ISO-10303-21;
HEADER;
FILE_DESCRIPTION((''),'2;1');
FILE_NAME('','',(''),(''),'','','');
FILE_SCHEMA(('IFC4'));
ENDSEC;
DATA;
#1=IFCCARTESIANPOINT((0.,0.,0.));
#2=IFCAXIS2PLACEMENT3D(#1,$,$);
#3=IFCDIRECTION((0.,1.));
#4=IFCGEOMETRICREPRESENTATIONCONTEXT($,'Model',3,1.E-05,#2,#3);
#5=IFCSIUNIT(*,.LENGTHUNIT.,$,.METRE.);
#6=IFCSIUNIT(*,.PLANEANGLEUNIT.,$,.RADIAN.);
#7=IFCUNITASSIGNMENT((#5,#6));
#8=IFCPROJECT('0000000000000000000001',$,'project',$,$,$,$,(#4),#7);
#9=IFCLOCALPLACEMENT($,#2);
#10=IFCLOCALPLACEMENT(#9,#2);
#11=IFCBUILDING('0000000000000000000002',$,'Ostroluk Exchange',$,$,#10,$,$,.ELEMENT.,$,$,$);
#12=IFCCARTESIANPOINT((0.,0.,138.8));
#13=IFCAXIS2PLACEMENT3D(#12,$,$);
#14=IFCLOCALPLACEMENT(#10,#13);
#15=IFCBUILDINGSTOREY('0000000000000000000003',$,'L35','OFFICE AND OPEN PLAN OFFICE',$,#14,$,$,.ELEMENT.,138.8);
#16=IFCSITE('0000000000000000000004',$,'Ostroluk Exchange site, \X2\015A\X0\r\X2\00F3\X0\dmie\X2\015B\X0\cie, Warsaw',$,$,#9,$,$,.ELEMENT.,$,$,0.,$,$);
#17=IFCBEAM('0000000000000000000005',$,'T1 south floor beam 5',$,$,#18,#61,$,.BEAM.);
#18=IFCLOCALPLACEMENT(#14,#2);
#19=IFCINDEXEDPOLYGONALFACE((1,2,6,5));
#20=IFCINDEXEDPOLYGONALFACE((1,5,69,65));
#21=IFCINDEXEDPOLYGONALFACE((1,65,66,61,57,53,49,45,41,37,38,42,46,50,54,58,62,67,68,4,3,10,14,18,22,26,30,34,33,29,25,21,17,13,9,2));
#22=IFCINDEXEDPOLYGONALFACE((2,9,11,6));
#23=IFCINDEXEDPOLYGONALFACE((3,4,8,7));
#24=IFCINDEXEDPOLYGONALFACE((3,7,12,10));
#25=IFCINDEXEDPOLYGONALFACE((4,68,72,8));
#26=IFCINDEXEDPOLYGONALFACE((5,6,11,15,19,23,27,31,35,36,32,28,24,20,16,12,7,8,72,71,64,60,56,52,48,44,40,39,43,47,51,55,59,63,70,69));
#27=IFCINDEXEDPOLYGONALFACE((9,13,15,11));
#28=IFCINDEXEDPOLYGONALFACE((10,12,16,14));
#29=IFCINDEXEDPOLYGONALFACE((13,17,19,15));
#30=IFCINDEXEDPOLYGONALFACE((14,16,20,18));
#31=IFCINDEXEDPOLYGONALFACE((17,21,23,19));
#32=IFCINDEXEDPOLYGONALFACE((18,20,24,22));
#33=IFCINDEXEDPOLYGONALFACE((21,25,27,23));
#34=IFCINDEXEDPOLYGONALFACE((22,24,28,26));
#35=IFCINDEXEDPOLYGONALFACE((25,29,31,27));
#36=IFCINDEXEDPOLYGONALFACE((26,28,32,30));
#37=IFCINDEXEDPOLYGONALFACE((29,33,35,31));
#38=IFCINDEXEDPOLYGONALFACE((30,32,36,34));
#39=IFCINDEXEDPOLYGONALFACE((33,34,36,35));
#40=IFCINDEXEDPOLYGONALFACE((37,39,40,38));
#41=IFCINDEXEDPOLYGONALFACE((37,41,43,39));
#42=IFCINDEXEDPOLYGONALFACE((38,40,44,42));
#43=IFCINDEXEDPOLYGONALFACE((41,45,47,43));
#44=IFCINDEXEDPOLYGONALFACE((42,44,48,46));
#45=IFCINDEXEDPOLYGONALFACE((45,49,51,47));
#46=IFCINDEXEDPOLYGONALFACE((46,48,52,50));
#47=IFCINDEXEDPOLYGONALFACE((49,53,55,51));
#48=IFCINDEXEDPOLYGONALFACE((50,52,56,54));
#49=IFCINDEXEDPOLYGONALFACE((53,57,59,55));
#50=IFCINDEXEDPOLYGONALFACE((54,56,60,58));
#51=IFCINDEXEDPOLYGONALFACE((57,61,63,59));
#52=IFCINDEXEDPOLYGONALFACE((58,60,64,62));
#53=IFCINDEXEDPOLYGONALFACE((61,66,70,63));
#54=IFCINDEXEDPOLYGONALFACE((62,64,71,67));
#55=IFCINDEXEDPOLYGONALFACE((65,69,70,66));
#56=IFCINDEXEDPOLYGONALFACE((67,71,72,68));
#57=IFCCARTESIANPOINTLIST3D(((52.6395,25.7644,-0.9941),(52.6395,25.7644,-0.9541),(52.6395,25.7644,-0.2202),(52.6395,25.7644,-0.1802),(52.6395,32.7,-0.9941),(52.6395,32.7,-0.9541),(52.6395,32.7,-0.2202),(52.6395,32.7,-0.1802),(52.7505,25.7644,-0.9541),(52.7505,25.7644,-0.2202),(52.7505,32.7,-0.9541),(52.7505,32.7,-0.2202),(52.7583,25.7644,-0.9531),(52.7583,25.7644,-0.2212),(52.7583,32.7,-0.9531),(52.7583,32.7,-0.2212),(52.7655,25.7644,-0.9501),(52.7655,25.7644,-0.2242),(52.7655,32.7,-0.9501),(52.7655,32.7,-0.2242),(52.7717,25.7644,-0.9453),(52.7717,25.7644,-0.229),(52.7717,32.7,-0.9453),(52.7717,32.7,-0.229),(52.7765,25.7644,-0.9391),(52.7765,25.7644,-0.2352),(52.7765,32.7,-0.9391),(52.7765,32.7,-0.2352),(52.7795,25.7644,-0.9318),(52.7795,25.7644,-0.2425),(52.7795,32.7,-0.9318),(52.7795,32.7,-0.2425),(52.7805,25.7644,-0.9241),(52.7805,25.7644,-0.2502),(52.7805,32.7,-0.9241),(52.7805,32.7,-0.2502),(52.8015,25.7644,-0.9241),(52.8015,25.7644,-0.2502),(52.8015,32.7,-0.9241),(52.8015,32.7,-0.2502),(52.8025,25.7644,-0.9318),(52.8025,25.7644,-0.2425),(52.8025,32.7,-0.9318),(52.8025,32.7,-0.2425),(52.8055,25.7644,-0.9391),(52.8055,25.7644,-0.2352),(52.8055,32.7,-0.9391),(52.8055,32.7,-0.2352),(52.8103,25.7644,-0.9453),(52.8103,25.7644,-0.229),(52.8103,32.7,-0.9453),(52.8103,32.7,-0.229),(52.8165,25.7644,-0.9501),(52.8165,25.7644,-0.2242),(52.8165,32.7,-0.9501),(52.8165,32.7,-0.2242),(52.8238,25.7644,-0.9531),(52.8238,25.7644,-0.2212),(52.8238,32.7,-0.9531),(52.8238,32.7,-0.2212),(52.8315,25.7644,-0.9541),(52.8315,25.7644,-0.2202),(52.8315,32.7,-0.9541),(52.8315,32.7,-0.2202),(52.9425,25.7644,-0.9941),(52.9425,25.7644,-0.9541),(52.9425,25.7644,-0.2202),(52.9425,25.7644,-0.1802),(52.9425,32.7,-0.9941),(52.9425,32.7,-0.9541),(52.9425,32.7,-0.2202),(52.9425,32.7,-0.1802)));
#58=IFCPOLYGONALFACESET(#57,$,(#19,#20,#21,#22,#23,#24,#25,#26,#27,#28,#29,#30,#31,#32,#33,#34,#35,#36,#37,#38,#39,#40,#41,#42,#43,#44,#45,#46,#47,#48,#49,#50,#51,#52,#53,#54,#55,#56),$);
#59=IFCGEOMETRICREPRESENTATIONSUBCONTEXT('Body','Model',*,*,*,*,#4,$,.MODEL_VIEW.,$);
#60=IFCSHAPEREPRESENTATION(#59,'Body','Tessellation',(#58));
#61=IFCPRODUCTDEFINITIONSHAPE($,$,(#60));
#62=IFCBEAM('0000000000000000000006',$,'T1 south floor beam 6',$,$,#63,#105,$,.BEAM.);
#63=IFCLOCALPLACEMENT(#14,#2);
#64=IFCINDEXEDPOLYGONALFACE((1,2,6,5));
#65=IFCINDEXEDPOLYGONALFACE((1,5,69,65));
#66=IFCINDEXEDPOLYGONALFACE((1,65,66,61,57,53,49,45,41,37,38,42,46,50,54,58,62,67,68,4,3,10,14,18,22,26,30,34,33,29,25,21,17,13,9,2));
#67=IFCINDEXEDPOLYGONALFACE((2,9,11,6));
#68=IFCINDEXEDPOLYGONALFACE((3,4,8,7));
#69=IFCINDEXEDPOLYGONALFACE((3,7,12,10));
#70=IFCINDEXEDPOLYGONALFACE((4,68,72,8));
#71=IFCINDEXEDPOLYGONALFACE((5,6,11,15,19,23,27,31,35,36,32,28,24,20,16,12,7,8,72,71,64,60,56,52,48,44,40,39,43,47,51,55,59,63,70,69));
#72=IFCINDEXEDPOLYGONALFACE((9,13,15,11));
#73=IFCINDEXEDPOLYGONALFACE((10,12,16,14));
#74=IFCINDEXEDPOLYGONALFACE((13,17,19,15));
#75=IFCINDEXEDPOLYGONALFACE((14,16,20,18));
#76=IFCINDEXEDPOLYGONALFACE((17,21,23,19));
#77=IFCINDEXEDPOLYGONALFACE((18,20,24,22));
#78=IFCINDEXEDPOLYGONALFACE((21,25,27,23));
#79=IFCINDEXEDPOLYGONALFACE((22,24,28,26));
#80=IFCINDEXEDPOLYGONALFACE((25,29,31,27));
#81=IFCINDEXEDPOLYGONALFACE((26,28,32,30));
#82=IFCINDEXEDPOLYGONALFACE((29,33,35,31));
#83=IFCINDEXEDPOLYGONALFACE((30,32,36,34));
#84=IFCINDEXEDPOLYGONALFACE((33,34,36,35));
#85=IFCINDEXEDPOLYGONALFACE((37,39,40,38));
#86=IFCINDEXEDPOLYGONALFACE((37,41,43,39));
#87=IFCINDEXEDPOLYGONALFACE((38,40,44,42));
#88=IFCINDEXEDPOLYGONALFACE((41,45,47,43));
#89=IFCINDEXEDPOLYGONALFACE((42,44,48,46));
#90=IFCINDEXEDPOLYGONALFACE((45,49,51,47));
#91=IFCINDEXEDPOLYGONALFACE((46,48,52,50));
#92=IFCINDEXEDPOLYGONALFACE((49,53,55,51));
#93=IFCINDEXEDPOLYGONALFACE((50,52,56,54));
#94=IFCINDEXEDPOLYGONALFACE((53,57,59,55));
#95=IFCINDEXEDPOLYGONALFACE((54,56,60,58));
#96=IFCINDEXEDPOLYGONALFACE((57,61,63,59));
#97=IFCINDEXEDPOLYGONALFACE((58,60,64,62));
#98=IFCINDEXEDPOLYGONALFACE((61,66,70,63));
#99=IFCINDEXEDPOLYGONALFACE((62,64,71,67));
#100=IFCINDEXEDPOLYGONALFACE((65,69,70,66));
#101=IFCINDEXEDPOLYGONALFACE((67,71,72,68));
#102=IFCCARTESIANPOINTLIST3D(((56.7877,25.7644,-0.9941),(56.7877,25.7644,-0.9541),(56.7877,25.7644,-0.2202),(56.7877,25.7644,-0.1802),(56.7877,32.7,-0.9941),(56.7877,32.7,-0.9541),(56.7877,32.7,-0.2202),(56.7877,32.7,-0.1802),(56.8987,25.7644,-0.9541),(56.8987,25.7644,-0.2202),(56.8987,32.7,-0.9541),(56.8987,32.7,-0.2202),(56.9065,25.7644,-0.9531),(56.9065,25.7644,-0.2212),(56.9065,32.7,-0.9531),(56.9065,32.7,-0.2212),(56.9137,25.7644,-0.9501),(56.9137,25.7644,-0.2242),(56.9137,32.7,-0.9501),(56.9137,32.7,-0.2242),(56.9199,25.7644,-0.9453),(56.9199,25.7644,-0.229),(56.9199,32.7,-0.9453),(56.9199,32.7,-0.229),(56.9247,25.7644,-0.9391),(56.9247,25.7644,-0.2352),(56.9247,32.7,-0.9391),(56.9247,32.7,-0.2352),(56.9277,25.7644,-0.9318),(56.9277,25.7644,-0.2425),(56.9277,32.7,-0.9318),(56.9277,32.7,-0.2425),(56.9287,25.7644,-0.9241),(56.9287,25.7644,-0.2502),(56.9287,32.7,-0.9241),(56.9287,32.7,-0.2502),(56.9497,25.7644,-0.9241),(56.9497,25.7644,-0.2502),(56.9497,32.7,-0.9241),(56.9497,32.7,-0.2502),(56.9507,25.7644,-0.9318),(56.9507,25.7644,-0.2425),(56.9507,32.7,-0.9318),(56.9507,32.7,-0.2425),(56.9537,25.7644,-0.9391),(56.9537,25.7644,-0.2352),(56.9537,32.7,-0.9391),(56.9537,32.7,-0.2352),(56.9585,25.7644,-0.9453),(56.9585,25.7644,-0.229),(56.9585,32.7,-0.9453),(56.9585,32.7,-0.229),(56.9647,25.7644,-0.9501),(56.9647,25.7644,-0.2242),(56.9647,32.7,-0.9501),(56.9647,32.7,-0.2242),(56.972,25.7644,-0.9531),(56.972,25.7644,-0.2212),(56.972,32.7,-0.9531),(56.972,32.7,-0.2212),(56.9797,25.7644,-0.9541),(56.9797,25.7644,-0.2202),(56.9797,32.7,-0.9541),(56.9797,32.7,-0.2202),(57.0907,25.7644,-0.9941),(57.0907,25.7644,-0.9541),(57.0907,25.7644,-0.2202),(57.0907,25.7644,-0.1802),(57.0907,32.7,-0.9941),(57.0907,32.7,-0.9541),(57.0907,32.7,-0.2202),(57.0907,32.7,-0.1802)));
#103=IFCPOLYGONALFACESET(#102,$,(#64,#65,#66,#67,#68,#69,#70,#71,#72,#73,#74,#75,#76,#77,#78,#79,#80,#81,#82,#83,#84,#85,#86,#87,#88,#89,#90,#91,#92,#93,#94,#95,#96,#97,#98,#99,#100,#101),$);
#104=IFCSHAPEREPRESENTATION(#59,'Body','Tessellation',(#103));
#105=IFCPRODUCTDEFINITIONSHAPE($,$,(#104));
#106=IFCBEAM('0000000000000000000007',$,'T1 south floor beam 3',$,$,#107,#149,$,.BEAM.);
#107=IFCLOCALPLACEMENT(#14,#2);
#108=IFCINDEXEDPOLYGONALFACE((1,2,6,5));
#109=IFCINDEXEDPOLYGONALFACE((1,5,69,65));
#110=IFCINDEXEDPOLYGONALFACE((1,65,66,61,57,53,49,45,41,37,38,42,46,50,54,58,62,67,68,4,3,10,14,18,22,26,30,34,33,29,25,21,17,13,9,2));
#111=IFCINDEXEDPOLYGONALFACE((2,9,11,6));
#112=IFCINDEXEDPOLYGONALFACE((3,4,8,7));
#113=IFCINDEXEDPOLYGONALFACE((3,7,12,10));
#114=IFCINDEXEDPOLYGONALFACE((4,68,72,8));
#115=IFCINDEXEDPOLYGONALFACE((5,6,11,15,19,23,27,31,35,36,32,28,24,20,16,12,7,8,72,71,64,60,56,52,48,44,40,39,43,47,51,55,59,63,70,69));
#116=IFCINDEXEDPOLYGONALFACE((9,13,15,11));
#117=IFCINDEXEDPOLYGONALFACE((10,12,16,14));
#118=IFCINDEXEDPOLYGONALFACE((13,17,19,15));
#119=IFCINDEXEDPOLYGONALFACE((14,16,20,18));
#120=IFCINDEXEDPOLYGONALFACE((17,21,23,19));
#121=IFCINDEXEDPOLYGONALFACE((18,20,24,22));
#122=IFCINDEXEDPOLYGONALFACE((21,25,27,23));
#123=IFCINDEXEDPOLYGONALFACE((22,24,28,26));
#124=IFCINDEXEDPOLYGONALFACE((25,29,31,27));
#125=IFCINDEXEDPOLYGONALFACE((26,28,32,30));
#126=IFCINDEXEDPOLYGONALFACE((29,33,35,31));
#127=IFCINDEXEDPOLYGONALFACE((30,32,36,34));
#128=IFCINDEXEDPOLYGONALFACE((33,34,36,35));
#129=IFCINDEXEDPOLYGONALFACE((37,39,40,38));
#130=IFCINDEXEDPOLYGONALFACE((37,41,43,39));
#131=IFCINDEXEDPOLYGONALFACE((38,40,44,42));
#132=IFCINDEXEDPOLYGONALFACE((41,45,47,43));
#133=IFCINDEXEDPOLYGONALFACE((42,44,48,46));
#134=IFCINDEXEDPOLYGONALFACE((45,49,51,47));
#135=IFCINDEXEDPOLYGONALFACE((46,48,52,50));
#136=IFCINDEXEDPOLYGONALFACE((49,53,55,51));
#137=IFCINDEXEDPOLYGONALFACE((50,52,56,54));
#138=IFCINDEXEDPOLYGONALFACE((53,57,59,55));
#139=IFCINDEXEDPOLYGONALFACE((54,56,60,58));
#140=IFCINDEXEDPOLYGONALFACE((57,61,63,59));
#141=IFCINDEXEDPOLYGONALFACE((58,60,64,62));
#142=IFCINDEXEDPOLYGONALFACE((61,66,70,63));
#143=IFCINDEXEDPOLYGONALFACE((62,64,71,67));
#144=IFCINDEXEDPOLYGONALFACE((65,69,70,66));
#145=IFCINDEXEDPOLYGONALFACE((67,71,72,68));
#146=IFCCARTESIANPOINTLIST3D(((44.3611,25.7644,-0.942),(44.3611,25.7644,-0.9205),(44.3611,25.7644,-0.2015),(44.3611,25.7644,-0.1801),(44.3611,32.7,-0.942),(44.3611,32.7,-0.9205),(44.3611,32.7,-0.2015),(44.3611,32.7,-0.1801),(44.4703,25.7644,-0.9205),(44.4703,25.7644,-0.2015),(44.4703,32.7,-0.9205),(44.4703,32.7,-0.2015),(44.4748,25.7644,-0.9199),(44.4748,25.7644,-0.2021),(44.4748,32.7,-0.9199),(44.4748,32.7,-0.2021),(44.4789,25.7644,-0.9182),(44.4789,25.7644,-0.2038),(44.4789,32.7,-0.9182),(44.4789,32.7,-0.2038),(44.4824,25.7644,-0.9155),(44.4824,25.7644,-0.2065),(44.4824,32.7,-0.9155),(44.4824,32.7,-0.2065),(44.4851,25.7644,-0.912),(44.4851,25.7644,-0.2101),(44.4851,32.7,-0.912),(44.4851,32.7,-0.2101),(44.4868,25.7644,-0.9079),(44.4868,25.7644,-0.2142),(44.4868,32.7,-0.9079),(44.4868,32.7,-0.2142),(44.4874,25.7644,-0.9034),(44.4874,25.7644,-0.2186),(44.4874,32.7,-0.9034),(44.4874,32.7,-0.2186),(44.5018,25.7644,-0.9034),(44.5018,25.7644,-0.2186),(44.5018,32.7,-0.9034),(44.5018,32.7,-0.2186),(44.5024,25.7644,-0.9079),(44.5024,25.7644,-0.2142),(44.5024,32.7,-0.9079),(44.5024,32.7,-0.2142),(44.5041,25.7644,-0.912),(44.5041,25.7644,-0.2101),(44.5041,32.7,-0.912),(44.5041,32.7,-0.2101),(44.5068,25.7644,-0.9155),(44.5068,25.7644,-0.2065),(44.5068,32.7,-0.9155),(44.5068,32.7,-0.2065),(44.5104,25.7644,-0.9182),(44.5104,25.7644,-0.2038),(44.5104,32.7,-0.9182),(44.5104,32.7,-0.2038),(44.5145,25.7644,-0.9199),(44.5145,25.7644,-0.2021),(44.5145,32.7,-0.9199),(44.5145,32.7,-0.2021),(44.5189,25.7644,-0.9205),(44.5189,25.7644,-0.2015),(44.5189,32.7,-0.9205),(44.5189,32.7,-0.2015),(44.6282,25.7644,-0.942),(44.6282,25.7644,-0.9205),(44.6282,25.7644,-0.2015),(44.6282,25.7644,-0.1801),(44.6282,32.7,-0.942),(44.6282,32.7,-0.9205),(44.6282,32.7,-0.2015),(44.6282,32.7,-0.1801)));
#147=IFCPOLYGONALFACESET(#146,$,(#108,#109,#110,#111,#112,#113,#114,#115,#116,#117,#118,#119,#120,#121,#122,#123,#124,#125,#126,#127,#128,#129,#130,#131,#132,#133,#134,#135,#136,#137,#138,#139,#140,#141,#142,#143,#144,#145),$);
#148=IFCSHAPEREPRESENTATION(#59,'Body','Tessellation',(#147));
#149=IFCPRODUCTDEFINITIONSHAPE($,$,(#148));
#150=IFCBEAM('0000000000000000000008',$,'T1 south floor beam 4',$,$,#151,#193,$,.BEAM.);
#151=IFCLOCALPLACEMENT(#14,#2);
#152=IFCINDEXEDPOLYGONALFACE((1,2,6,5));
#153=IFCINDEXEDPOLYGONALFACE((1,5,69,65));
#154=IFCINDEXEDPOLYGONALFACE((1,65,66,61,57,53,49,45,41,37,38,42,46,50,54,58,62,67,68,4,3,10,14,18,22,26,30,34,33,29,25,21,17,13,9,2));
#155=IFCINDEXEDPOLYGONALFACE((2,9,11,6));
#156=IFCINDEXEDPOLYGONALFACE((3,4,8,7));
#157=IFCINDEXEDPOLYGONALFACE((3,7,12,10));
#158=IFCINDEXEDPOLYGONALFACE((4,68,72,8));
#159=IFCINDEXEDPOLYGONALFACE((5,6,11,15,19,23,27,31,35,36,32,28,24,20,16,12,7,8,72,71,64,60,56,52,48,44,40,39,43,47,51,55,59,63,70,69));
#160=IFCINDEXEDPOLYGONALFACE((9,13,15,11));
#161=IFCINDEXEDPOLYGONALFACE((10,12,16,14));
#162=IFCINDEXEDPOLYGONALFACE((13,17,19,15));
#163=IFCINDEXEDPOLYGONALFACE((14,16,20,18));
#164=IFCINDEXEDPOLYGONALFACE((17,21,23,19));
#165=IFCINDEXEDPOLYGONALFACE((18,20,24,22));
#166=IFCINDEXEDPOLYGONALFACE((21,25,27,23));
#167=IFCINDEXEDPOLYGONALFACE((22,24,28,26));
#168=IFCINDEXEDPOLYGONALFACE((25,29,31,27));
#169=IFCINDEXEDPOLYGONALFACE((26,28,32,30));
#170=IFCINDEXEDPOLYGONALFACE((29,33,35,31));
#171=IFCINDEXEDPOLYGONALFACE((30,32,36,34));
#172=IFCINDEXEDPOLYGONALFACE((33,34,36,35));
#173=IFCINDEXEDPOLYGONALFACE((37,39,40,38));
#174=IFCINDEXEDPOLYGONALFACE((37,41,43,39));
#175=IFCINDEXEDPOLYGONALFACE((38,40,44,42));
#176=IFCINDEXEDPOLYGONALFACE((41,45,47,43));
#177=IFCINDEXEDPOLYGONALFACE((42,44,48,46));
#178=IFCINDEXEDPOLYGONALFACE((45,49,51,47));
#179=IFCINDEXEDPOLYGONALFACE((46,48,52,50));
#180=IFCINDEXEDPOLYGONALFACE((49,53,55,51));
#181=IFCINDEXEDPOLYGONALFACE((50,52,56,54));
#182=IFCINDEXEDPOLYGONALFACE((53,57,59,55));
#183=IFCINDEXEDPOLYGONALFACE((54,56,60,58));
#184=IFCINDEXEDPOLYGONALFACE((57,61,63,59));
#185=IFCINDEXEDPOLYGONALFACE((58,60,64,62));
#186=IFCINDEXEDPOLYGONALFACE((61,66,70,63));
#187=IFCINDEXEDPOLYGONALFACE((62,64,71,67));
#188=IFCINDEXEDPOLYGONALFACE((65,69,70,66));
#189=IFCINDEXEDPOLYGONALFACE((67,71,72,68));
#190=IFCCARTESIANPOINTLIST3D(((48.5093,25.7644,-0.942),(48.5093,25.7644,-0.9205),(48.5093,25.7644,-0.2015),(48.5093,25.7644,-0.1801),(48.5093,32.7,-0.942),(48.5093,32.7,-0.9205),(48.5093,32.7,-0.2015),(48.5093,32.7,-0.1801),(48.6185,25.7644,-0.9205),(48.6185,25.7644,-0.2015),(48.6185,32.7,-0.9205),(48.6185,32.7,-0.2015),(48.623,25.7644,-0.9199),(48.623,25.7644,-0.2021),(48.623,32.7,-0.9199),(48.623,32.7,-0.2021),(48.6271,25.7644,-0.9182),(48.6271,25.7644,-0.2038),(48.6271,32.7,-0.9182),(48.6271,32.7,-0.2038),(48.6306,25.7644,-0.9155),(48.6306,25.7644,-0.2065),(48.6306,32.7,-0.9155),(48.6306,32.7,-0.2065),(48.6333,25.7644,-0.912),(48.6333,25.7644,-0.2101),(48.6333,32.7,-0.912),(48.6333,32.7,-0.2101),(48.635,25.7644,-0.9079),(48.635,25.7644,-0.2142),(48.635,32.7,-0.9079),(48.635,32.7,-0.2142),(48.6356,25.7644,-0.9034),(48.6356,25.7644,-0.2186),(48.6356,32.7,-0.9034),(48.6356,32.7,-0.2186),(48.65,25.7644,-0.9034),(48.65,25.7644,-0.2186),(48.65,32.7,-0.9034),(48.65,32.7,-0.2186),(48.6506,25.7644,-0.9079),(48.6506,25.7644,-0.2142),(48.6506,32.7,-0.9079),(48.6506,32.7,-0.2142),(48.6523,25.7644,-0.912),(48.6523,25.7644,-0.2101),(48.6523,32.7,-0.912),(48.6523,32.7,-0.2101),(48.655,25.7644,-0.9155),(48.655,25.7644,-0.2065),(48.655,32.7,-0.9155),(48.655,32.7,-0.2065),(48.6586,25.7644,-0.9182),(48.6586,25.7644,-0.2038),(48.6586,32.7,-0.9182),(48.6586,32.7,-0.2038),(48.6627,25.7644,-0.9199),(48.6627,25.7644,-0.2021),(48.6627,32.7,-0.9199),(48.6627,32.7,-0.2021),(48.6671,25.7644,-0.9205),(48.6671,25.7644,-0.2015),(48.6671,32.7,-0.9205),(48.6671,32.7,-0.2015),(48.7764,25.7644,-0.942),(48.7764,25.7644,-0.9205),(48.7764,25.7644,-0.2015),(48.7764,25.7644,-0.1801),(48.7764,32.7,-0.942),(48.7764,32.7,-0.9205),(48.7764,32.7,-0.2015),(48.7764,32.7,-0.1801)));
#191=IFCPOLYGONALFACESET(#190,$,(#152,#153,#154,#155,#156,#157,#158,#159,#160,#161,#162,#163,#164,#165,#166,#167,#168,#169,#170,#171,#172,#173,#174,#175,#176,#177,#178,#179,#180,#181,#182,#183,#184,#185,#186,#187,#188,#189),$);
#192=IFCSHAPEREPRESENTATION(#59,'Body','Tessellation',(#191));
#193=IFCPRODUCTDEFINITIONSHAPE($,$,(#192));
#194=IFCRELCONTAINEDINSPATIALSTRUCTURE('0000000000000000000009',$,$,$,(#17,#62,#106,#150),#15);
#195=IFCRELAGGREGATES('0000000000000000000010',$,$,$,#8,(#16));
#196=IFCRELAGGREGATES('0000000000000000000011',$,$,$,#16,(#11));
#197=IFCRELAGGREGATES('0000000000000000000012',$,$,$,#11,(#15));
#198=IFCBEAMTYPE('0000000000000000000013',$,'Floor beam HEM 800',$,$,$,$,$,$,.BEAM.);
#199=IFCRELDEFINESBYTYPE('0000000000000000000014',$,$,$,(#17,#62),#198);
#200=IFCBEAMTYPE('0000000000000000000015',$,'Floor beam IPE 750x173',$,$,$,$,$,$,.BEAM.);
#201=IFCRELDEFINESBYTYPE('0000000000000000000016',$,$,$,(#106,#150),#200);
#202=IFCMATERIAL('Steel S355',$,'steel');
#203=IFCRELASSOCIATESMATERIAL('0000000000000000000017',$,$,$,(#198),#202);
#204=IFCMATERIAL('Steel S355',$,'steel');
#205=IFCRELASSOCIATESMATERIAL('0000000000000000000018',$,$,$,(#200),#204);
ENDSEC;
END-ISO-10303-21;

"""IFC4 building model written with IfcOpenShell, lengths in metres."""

from ifc_helpers import new_model, si_unit, direction, frame, origin, origin_2d, place, context, subcontext, project, spatial, i_section, extrude, material, material_profile, profile_set, type_object, element, save


model = new_model("IFC4")

# Units and contexts
model_context = context("Model", 3, precision=1e-05, world=origin(), true_north=direction((0.0, 1.0)))
body_context = subcontext(model_context, "Body", "Model", "MODEL_VIEW")
ifc_project = project(units=[si_unit("LENGTHUNIT", "METRE"), si_unit("PLANEANGLEUNIT", "RADIAN")], contexts=[model_context])

# Site, building, storey
site_placement = place(None, origin())
site = spatial("IfcSite", under=ifc_project, at=site_placement, Name="Ostroluk Exchange site, Śródmieście, Warsaw", CompositionType="ELEMENT", RefElevation=0.0)
building_placement = place(site_placement, origin())
building = spatial("IfcBuilding", under=site, at=building_placement, Name="Ostroluk Exchange", CompositionType="ELEMENT")
storey_placement = place(building_placement, frame((0.0, 0.0, 138.8)))
storey = spatial("IfcBuildingStorey", under=building, at=storey_placement, Name="L35", Description="OFFICE AND OPEN PLAN OFFICE", CompositionType="ELEMENT", Elevation=138.8)

# Beams
ifc_material_1 = material(Name="Steel S355", Category="steel")
ifc_material_profile_1 = material_profile(ifc_material_1, i_section(OverallWidth=0.303, OverallDepth=0.814, WebThickness=0.021, FlangeThickness=0.04, FilletRadius=0.03, at=origin_2d()), Name="HEM 800")
ifc_profile_set_1 = profile_set([ifc_material_profile_1], Name="Steel S355")
beam_type_1 = type_object("IfcBeamType", Name="Floor beam HEM 800", PredefinedType="BEAM", material=ifc_profile_set_1)
for number, where, z_axis, x_axis, name in (
    (1, (52.791, 32.7, -0.5872), (0.0, -1.0, 0.0), (1.0, 0.0, 0.0), "T1 south floor beam 5"),
    (2, (56.9392, 32.7, -0.5872), (0.0, -1.0, 0.0), (1.0, 0.0, 0.0), "T1 south floor beam 6"),
):
    element("IfcBeam", number, at=place(storey_placement, frame(where, z_axis=z_axis, x_axis=x_axis)), inside=storey, type_object=beam_type_1, Name=name, PredefinedType="BEAM", context=body_context, shape_type="SweptSolid", body=[
        extrude(i_section(OverallWidth=0.303, OverallDepth=0.814, WebThickness=0.021, FlangeThickness=0.04, FilletRadius=0.03, at=origin_2d()), origin(), (0.0, 0.0, 1.0), 6.9355),
    ])
ifc_material_2 = material(Name="Steel S355", Category="steel")
ifc_material_profile_2 = material_profile(ifc_material_2, i_section(OverallWidth=0.2671, OverallDepth=0.762, WebThickness=0.0144, FlangeThickness=0.0215, FilletRadius=0.0171, at=origin_2d()), Name="IPE 750x173")
ifc_profile_set_2 = profile_set([ifc_material_profile_2], Name="Steel S355")
beam_type_2 = type_object("IfcBeamType", Name="Floor beam IPE 750x173", PredefinedType="BEAM", material=ifc_profile_set_2)
for number, where, z_axis, x_axis, name in (
    (3, (44.4946, 32.7, -0.561), (0.0, -1.0, 0.0), (1.0, 0.0, 0.0), "T1 south floor beam 3"),
    (4, (48.6428, 32.7, -0.561), (0.0, -1.0, 0.0), (1.0, 0.0, 0.0), "T1 south floor beam 4"),
):
    element("IfcBeam", number, at=place(storey_placement, frame(where, z_axis=z_axis, x_axis=x_axis)), inside=storey, type_object=beam_type_2, Name=name, PredefinedType="BEAM", context=body_context, shape_type="SweptSolid", body=[
        extrude(i_section(OverallWidth=0.2671, OverallDepth=0.762, WebThickness=0.0144, FlangeThickness=0.0215, FilletRadius=0.0171, at=origin_2d()), origin(), (0.0, 0.0, 1.0), 6.9355),
    ])

save(model, "model.ifc")
